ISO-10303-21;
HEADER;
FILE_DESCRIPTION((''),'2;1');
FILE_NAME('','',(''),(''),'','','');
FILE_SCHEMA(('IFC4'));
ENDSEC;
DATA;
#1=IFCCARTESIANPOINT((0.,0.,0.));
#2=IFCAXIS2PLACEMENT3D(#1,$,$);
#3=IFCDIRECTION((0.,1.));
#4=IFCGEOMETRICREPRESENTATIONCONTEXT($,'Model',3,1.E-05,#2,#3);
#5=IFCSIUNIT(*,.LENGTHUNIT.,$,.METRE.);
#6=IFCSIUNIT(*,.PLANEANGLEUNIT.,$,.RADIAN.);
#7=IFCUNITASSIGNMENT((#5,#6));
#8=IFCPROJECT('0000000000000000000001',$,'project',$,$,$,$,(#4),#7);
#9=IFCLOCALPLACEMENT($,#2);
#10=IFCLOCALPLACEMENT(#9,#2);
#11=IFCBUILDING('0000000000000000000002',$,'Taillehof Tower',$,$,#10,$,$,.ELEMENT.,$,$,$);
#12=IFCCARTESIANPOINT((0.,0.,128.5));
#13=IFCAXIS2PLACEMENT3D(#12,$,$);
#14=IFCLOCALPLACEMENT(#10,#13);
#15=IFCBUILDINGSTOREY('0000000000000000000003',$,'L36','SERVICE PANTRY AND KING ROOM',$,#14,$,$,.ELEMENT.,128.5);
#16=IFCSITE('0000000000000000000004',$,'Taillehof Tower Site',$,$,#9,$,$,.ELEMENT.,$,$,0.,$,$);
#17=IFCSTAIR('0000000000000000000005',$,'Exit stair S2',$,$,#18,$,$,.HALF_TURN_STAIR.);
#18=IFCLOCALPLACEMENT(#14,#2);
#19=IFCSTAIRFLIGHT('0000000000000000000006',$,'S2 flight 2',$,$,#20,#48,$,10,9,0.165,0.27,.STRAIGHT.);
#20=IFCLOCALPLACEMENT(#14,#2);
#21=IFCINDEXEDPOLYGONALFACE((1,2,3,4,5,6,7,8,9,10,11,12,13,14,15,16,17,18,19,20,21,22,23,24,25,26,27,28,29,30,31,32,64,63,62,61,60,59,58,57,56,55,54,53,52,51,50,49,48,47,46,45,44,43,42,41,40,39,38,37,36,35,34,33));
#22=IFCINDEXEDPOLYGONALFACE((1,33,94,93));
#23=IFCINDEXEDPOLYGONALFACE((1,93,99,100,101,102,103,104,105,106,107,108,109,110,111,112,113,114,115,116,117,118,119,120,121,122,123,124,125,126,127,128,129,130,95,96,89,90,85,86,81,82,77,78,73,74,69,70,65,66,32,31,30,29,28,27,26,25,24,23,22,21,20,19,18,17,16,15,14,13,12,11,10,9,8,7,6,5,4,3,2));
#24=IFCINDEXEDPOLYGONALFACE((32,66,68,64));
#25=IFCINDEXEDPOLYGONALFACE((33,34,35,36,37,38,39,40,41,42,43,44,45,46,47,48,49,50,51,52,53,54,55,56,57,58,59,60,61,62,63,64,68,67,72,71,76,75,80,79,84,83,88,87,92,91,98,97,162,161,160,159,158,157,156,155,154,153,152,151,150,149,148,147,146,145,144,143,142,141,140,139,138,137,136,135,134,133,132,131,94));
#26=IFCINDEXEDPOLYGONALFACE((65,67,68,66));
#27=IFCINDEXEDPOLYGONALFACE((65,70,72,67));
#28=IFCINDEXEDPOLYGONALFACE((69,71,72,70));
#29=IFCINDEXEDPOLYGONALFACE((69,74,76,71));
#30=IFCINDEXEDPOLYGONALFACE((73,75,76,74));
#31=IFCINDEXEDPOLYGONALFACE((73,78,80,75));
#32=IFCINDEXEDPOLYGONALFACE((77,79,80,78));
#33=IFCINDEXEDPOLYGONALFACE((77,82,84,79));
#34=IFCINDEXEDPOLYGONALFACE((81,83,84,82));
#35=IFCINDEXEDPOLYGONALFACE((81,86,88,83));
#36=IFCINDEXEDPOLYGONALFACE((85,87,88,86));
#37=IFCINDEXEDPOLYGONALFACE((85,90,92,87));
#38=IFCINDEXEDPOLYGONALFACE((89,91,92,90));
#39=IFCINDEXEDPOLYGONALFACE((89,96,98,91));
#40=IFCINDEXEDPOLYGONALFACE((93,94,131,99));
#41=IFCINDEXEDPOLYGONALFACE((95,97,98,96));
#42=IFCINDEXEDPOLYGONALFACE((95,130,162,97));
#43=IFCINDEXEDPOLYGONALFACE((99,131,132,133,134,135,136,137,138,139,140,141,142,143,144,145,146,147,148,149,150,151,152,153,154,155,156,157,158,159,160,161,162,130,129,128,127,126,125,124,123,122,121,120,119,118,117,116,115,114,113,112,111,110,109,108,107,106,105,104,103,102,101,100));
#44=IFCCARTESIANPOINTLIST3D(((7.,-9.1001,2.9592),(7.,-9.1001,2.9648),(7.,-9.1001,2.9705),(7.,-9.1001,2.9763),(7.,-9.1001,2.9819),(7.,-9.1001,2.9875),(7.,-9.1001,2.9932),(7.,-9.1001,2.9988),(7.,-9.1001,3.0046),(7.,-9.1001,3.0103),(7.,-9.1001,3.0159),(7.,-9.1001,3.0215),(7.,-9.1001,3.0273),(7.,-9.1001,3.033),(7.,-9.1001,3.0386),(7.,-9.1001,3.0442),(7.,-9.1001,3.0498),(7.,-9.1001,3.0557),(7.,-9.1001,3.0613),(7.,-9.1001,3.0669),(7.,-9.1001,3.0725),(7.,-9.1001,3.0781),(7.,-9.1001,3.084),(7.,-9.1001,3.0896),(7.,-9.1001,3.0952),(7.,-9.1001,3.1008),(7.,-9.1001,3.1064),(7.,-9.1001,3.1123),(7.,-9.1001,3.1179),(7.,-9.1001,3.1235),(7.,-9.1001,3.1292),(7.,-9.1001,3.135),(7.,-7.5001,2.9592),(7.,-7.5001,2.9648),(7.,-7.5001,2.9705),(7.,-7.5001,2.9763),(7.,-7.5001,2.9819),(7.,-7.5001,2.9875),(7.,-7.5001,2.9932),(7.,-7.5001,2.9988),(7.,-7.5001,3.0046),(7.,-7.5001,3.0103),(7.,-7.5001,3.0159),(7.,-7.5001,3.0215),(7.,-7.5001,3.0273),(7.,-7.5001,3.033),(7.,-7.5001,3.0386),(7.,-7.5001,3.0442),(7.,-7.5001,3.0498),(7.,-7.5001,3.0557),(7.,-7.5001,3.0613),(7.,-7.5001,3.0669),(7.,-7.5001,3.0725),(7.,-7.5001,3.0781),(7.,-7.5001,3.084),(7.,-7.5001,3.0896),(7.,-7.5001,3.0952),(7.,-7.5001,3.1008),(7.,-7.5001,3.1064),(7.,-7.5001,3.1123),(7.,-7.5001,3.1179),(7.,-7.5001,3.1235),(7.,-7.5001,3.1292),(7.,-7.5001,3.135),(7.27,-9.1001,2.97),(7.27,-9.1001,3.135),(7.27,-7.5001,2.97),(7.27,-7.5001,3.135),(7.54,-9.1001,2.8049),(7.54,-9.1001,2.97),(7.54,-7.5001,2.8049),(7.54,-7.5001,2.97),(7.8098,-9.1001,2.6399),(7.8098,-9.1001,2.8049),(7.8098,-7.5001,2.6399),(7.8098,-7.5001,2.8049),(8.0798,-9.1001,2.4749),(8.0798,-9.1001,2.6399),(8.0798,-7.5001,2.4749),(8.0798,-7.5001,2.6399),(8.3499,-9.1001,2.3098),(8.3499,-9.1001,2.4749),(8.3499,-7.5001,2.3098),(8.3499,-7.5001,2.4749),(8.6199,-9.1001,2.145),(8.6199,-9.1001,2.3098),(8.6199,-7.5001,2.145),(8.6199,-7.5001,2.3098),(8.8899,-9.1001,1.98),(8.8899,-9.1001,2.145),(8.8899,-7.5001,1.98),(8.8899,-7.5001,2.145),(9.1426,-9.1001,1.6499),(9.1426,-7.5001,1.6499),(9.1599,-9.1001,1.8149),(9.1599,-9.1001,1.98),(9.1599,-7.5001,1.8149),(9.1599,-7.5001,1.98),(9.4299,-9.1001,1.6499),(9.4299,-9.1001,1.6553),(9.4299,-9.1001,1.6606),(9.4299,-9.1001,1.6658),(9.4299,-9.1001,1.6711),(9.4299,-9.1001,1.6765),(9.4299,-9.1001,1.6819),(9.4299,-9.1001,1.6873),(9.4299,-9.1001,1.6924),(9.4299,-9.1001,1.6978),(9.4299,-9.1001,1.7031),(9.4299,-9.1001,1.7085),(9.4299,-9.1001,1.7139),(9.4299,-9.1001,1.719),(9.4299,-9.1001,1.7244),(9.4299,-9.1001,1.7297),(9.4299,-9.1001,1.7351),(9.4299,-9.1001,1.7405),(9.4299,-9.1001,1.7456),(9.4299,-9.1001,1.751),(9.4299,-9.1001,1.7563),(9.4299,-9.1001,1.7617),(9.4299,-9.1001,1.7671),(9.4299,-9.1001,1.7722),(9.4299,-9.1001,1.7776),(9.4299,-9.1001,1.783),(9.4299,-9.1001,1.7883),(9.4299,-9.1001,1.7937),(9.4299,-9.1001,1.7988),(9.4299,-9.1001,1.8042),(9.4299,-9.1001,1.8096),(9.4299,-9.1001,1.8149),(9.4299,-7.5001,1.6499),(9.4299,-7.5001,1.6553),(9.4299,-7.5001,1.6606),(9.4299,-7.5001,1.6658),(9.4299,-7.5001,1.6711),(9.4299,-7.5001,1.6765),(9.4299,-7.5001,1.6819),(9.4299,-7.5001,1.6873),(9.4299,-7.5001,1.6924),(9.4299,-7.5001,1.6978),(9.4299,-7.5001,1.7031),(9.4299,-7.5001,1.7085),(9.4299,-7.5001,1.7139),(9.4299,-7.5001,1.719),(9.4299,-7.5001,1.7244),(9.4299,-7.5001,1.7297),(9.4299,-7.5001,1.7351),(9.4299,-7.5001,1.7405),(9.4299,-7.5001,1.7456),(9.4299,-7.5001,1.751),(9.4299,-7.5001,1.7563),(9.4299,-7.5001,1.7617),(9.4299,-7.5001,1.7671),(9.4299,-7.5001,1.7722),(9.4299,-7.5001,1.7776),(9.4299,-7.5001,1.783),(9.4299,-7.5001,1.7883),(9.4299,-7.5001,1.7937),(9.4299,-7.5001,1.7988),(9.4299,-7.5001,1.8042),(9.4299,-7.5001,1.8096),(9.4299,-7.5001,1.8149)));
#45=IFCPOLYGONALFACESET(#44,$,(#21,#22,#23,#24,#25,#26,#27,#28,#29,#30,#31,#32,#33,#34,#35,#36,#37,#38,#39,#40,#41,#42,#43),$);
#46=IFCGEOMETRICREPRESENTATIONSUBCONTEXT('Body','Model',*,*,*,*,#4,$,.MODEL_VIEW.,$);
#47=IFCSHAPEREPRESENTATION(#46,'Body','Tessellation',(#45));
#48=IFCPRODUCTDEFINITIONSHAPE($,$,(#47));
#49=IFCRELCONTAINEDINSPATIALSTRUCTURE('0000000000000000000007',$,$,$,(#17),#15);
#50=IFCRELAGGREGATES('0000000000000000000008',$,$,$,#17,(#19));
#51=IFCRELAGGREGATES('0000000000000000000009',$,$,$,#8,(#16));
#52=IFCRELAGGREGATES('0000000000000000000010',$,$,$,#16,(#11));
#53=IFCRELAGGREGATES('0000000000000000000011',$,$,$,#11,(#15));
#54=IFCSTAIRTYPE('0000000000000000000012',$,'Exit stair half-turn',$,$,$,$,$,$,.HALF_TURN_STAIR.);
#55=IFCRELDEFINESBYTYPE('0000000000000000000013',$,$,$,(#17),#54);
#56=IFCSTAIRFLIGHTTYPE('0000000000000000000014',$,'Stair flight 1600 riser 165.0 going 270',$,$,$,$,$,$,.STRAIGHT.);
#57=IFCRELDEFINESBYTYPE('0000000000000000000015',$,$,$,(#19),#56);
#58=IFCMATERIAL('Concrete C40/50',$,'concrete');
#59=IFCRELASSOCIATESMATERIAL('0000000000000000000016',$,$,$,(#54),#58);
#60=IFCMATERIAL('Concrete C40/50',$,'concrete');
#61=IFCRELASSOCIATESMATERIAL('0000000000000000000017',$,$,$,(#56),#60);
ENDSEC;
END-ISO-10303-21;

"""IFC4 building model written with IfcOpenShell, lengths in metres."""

from ifc_helpers import new_model, si_unit, direction, frame, origin, place, context, subcontext, project, spatial, polyline, outline, extrude, material, type_object, element, aggregate, save


model = new_model("IFC4")

# Units and contexts
model_context = context("Model", 3, precision=1e-05, world=origin(), true_north=direction((0.0, 1.0)))
body_context = subcontext(model_context, "Body", "Model", "MODEL_VIEW")
ifc_project = project(units=[si_unit("LENGTHUNIT", "METRE"), si_unit("PLANEANGLEUNIT", "RADIAN")], contexts=[model_context])

# Site, building, storey
site_placement = place(None, origin())
site = spatial("IfcSite", under=ifc_project, at=site_placement, Name="Taillehof Tower Site", CompositionType="ELEMENT", RefElevation=0.0)
building_placement = place(site_placement, origin())
building = spatial("IfcBuilding", under=site, at=building_placement, Name="Taillehof Tower", CompositionType="ELEMENT")
storey_placement = place(building_placement, frame((0.0, 0.0, 128.5)))
storey = spatial("IfcBuildingStorey", under=building, at=storey_placement, Name="L36", Description="SERVICE PANTRY AND KING ROOM", CompositionType="ELEMENT", Elevation=128.5)

# Stair, stair flight
ifc_material_1 = material(Name="Concrete C40/50", Category="concrete")
stair_type = type_object("IfcStairType", Name="Exit stair half-turn", PredefinedType="HALF_TURN_STAIR", material=ifc_material_1)
stair_placement = place(storey_placement, origin())
stair = element("IfcStair", 1, at=stair_placement, inside=storey, type_object=stair_type, Name="Exit stair S2", PredefinedType="HALF_TURN_STAIR")
ifc_material_2 = material(Name="Concrete C40/50", Category="concrete")
stair_flight_type = type_object("IfcStairFlightType", Name="Stair flight 1600 riser 165.0 going 270", PredefinedType="STRAIGHT", material=ifc_material_2)
stair_flight_1_placement = place(storey_placement, frame((9.4299, -8.3, 1.6499), z_axis=(0.0, 0.0, 1.0), x_axis=(-1.0, 0.0, 0.0)))
stair_flight_1 = element("IfcStairFlight", 2, at=stair_flight_1_placement, type_object=stair_flight_type, Name="S2 flight 2", NumberOfRisers=10, NumberOfTreads=9, PredefinedType="STRAIGHT", RiserHeight=0.165, TreadLength=0.27, context=body_context, shape_type="SweptSolid", body=[
    extrude(outline(polyline([(0.0, 0.0), (0.0, 0.0054), (0.0, 0.0107), (0.0, 0.0159), (0.0, 0.0212), (0.0, 0.0266), (0.0, 0.032), (0.0, 0.0374), (0.0, 0.0425), (0.0, 0.0479), (0.0, 0.0532), (0.0, 0.0586), (0.0, 0.064), (0.0, 0.0691), (0.0, 0.0745), (0.0, 0.0798), (0.0, 0.0852), (0.0, 0.0906), (0.0, 0.0957), (0.0, 0.1011), (0.0, 0.1064), (0.0, 0.1118), (0.0, 0.1172), (0.0, 0.1223), (0.0, 0.1277), (0.0, 0.1331), (0.0, 0.1384), (0.0, 0.1438), (0.0, 0.1489), (0.0, 0.1543), (0.0, 0.1597), (0.0, 0.165), (0.27, 0.165), (0.27, 0.3301), (0.54, 0.3301), (0.54, 0.4951), (0.8101, 0.4951), (0.8101, 0.6599), (1.0801, 0.6599), (1.0801, 0.825), (1.3501, 0.825), (1.3501, 0.99), (1.6201, 0.99), (1.6201, 1.155), (1.8899, 1.155), (1.8899, 1.3201), (2.1599, 1.3201), (2.1599, 1.4851), (2.4299, 1.4851), (2.4299, 1.4792), (2.4299, 1.4736), (2.4299, 1.468), (2.4299, 1.4624), (2.4299, 1.4565), (2.4299, 1.4509), (2.4299, 1.4453), (2.4299, 1.4397), (2.4299, 1.4341), (2.4299, 1.4282), (2.4299, 1.4226), (2.4299, 1.417), (2.4299, 1.4114), (2.4299, 1.4058), (2.4299, 1.3999), (2.4299, 1.3943), (2.4299, 1.3887), (2.4299, 1.3831), (2.4299, 1.3774), (2.4299, 1.3716), (2.4299, 1.366), (2.4299, 1.3604), (2.4299, 1.3547), (2.4299, 1.3489), (2.4299, 1.3433), (2.4299, 1.3376), (2.4299, 1.332), (2.4299, 1.3264), (2.4299, 1.3206), (2.4299, 1.3149), (2.4299, 1.3093), (0.2874, 0.0), (0.0, 0.0)])), frame((0.0, 0.8, 0.0), z_axis=(0.0, -1.0, 0.0), x_axis=(1.0, 0.0, 0.0)), (0.0, 0.0, 1.0), 1.6),
])
aggregate(stair, [stair_flight_1])

save(model, "model.ifc")
